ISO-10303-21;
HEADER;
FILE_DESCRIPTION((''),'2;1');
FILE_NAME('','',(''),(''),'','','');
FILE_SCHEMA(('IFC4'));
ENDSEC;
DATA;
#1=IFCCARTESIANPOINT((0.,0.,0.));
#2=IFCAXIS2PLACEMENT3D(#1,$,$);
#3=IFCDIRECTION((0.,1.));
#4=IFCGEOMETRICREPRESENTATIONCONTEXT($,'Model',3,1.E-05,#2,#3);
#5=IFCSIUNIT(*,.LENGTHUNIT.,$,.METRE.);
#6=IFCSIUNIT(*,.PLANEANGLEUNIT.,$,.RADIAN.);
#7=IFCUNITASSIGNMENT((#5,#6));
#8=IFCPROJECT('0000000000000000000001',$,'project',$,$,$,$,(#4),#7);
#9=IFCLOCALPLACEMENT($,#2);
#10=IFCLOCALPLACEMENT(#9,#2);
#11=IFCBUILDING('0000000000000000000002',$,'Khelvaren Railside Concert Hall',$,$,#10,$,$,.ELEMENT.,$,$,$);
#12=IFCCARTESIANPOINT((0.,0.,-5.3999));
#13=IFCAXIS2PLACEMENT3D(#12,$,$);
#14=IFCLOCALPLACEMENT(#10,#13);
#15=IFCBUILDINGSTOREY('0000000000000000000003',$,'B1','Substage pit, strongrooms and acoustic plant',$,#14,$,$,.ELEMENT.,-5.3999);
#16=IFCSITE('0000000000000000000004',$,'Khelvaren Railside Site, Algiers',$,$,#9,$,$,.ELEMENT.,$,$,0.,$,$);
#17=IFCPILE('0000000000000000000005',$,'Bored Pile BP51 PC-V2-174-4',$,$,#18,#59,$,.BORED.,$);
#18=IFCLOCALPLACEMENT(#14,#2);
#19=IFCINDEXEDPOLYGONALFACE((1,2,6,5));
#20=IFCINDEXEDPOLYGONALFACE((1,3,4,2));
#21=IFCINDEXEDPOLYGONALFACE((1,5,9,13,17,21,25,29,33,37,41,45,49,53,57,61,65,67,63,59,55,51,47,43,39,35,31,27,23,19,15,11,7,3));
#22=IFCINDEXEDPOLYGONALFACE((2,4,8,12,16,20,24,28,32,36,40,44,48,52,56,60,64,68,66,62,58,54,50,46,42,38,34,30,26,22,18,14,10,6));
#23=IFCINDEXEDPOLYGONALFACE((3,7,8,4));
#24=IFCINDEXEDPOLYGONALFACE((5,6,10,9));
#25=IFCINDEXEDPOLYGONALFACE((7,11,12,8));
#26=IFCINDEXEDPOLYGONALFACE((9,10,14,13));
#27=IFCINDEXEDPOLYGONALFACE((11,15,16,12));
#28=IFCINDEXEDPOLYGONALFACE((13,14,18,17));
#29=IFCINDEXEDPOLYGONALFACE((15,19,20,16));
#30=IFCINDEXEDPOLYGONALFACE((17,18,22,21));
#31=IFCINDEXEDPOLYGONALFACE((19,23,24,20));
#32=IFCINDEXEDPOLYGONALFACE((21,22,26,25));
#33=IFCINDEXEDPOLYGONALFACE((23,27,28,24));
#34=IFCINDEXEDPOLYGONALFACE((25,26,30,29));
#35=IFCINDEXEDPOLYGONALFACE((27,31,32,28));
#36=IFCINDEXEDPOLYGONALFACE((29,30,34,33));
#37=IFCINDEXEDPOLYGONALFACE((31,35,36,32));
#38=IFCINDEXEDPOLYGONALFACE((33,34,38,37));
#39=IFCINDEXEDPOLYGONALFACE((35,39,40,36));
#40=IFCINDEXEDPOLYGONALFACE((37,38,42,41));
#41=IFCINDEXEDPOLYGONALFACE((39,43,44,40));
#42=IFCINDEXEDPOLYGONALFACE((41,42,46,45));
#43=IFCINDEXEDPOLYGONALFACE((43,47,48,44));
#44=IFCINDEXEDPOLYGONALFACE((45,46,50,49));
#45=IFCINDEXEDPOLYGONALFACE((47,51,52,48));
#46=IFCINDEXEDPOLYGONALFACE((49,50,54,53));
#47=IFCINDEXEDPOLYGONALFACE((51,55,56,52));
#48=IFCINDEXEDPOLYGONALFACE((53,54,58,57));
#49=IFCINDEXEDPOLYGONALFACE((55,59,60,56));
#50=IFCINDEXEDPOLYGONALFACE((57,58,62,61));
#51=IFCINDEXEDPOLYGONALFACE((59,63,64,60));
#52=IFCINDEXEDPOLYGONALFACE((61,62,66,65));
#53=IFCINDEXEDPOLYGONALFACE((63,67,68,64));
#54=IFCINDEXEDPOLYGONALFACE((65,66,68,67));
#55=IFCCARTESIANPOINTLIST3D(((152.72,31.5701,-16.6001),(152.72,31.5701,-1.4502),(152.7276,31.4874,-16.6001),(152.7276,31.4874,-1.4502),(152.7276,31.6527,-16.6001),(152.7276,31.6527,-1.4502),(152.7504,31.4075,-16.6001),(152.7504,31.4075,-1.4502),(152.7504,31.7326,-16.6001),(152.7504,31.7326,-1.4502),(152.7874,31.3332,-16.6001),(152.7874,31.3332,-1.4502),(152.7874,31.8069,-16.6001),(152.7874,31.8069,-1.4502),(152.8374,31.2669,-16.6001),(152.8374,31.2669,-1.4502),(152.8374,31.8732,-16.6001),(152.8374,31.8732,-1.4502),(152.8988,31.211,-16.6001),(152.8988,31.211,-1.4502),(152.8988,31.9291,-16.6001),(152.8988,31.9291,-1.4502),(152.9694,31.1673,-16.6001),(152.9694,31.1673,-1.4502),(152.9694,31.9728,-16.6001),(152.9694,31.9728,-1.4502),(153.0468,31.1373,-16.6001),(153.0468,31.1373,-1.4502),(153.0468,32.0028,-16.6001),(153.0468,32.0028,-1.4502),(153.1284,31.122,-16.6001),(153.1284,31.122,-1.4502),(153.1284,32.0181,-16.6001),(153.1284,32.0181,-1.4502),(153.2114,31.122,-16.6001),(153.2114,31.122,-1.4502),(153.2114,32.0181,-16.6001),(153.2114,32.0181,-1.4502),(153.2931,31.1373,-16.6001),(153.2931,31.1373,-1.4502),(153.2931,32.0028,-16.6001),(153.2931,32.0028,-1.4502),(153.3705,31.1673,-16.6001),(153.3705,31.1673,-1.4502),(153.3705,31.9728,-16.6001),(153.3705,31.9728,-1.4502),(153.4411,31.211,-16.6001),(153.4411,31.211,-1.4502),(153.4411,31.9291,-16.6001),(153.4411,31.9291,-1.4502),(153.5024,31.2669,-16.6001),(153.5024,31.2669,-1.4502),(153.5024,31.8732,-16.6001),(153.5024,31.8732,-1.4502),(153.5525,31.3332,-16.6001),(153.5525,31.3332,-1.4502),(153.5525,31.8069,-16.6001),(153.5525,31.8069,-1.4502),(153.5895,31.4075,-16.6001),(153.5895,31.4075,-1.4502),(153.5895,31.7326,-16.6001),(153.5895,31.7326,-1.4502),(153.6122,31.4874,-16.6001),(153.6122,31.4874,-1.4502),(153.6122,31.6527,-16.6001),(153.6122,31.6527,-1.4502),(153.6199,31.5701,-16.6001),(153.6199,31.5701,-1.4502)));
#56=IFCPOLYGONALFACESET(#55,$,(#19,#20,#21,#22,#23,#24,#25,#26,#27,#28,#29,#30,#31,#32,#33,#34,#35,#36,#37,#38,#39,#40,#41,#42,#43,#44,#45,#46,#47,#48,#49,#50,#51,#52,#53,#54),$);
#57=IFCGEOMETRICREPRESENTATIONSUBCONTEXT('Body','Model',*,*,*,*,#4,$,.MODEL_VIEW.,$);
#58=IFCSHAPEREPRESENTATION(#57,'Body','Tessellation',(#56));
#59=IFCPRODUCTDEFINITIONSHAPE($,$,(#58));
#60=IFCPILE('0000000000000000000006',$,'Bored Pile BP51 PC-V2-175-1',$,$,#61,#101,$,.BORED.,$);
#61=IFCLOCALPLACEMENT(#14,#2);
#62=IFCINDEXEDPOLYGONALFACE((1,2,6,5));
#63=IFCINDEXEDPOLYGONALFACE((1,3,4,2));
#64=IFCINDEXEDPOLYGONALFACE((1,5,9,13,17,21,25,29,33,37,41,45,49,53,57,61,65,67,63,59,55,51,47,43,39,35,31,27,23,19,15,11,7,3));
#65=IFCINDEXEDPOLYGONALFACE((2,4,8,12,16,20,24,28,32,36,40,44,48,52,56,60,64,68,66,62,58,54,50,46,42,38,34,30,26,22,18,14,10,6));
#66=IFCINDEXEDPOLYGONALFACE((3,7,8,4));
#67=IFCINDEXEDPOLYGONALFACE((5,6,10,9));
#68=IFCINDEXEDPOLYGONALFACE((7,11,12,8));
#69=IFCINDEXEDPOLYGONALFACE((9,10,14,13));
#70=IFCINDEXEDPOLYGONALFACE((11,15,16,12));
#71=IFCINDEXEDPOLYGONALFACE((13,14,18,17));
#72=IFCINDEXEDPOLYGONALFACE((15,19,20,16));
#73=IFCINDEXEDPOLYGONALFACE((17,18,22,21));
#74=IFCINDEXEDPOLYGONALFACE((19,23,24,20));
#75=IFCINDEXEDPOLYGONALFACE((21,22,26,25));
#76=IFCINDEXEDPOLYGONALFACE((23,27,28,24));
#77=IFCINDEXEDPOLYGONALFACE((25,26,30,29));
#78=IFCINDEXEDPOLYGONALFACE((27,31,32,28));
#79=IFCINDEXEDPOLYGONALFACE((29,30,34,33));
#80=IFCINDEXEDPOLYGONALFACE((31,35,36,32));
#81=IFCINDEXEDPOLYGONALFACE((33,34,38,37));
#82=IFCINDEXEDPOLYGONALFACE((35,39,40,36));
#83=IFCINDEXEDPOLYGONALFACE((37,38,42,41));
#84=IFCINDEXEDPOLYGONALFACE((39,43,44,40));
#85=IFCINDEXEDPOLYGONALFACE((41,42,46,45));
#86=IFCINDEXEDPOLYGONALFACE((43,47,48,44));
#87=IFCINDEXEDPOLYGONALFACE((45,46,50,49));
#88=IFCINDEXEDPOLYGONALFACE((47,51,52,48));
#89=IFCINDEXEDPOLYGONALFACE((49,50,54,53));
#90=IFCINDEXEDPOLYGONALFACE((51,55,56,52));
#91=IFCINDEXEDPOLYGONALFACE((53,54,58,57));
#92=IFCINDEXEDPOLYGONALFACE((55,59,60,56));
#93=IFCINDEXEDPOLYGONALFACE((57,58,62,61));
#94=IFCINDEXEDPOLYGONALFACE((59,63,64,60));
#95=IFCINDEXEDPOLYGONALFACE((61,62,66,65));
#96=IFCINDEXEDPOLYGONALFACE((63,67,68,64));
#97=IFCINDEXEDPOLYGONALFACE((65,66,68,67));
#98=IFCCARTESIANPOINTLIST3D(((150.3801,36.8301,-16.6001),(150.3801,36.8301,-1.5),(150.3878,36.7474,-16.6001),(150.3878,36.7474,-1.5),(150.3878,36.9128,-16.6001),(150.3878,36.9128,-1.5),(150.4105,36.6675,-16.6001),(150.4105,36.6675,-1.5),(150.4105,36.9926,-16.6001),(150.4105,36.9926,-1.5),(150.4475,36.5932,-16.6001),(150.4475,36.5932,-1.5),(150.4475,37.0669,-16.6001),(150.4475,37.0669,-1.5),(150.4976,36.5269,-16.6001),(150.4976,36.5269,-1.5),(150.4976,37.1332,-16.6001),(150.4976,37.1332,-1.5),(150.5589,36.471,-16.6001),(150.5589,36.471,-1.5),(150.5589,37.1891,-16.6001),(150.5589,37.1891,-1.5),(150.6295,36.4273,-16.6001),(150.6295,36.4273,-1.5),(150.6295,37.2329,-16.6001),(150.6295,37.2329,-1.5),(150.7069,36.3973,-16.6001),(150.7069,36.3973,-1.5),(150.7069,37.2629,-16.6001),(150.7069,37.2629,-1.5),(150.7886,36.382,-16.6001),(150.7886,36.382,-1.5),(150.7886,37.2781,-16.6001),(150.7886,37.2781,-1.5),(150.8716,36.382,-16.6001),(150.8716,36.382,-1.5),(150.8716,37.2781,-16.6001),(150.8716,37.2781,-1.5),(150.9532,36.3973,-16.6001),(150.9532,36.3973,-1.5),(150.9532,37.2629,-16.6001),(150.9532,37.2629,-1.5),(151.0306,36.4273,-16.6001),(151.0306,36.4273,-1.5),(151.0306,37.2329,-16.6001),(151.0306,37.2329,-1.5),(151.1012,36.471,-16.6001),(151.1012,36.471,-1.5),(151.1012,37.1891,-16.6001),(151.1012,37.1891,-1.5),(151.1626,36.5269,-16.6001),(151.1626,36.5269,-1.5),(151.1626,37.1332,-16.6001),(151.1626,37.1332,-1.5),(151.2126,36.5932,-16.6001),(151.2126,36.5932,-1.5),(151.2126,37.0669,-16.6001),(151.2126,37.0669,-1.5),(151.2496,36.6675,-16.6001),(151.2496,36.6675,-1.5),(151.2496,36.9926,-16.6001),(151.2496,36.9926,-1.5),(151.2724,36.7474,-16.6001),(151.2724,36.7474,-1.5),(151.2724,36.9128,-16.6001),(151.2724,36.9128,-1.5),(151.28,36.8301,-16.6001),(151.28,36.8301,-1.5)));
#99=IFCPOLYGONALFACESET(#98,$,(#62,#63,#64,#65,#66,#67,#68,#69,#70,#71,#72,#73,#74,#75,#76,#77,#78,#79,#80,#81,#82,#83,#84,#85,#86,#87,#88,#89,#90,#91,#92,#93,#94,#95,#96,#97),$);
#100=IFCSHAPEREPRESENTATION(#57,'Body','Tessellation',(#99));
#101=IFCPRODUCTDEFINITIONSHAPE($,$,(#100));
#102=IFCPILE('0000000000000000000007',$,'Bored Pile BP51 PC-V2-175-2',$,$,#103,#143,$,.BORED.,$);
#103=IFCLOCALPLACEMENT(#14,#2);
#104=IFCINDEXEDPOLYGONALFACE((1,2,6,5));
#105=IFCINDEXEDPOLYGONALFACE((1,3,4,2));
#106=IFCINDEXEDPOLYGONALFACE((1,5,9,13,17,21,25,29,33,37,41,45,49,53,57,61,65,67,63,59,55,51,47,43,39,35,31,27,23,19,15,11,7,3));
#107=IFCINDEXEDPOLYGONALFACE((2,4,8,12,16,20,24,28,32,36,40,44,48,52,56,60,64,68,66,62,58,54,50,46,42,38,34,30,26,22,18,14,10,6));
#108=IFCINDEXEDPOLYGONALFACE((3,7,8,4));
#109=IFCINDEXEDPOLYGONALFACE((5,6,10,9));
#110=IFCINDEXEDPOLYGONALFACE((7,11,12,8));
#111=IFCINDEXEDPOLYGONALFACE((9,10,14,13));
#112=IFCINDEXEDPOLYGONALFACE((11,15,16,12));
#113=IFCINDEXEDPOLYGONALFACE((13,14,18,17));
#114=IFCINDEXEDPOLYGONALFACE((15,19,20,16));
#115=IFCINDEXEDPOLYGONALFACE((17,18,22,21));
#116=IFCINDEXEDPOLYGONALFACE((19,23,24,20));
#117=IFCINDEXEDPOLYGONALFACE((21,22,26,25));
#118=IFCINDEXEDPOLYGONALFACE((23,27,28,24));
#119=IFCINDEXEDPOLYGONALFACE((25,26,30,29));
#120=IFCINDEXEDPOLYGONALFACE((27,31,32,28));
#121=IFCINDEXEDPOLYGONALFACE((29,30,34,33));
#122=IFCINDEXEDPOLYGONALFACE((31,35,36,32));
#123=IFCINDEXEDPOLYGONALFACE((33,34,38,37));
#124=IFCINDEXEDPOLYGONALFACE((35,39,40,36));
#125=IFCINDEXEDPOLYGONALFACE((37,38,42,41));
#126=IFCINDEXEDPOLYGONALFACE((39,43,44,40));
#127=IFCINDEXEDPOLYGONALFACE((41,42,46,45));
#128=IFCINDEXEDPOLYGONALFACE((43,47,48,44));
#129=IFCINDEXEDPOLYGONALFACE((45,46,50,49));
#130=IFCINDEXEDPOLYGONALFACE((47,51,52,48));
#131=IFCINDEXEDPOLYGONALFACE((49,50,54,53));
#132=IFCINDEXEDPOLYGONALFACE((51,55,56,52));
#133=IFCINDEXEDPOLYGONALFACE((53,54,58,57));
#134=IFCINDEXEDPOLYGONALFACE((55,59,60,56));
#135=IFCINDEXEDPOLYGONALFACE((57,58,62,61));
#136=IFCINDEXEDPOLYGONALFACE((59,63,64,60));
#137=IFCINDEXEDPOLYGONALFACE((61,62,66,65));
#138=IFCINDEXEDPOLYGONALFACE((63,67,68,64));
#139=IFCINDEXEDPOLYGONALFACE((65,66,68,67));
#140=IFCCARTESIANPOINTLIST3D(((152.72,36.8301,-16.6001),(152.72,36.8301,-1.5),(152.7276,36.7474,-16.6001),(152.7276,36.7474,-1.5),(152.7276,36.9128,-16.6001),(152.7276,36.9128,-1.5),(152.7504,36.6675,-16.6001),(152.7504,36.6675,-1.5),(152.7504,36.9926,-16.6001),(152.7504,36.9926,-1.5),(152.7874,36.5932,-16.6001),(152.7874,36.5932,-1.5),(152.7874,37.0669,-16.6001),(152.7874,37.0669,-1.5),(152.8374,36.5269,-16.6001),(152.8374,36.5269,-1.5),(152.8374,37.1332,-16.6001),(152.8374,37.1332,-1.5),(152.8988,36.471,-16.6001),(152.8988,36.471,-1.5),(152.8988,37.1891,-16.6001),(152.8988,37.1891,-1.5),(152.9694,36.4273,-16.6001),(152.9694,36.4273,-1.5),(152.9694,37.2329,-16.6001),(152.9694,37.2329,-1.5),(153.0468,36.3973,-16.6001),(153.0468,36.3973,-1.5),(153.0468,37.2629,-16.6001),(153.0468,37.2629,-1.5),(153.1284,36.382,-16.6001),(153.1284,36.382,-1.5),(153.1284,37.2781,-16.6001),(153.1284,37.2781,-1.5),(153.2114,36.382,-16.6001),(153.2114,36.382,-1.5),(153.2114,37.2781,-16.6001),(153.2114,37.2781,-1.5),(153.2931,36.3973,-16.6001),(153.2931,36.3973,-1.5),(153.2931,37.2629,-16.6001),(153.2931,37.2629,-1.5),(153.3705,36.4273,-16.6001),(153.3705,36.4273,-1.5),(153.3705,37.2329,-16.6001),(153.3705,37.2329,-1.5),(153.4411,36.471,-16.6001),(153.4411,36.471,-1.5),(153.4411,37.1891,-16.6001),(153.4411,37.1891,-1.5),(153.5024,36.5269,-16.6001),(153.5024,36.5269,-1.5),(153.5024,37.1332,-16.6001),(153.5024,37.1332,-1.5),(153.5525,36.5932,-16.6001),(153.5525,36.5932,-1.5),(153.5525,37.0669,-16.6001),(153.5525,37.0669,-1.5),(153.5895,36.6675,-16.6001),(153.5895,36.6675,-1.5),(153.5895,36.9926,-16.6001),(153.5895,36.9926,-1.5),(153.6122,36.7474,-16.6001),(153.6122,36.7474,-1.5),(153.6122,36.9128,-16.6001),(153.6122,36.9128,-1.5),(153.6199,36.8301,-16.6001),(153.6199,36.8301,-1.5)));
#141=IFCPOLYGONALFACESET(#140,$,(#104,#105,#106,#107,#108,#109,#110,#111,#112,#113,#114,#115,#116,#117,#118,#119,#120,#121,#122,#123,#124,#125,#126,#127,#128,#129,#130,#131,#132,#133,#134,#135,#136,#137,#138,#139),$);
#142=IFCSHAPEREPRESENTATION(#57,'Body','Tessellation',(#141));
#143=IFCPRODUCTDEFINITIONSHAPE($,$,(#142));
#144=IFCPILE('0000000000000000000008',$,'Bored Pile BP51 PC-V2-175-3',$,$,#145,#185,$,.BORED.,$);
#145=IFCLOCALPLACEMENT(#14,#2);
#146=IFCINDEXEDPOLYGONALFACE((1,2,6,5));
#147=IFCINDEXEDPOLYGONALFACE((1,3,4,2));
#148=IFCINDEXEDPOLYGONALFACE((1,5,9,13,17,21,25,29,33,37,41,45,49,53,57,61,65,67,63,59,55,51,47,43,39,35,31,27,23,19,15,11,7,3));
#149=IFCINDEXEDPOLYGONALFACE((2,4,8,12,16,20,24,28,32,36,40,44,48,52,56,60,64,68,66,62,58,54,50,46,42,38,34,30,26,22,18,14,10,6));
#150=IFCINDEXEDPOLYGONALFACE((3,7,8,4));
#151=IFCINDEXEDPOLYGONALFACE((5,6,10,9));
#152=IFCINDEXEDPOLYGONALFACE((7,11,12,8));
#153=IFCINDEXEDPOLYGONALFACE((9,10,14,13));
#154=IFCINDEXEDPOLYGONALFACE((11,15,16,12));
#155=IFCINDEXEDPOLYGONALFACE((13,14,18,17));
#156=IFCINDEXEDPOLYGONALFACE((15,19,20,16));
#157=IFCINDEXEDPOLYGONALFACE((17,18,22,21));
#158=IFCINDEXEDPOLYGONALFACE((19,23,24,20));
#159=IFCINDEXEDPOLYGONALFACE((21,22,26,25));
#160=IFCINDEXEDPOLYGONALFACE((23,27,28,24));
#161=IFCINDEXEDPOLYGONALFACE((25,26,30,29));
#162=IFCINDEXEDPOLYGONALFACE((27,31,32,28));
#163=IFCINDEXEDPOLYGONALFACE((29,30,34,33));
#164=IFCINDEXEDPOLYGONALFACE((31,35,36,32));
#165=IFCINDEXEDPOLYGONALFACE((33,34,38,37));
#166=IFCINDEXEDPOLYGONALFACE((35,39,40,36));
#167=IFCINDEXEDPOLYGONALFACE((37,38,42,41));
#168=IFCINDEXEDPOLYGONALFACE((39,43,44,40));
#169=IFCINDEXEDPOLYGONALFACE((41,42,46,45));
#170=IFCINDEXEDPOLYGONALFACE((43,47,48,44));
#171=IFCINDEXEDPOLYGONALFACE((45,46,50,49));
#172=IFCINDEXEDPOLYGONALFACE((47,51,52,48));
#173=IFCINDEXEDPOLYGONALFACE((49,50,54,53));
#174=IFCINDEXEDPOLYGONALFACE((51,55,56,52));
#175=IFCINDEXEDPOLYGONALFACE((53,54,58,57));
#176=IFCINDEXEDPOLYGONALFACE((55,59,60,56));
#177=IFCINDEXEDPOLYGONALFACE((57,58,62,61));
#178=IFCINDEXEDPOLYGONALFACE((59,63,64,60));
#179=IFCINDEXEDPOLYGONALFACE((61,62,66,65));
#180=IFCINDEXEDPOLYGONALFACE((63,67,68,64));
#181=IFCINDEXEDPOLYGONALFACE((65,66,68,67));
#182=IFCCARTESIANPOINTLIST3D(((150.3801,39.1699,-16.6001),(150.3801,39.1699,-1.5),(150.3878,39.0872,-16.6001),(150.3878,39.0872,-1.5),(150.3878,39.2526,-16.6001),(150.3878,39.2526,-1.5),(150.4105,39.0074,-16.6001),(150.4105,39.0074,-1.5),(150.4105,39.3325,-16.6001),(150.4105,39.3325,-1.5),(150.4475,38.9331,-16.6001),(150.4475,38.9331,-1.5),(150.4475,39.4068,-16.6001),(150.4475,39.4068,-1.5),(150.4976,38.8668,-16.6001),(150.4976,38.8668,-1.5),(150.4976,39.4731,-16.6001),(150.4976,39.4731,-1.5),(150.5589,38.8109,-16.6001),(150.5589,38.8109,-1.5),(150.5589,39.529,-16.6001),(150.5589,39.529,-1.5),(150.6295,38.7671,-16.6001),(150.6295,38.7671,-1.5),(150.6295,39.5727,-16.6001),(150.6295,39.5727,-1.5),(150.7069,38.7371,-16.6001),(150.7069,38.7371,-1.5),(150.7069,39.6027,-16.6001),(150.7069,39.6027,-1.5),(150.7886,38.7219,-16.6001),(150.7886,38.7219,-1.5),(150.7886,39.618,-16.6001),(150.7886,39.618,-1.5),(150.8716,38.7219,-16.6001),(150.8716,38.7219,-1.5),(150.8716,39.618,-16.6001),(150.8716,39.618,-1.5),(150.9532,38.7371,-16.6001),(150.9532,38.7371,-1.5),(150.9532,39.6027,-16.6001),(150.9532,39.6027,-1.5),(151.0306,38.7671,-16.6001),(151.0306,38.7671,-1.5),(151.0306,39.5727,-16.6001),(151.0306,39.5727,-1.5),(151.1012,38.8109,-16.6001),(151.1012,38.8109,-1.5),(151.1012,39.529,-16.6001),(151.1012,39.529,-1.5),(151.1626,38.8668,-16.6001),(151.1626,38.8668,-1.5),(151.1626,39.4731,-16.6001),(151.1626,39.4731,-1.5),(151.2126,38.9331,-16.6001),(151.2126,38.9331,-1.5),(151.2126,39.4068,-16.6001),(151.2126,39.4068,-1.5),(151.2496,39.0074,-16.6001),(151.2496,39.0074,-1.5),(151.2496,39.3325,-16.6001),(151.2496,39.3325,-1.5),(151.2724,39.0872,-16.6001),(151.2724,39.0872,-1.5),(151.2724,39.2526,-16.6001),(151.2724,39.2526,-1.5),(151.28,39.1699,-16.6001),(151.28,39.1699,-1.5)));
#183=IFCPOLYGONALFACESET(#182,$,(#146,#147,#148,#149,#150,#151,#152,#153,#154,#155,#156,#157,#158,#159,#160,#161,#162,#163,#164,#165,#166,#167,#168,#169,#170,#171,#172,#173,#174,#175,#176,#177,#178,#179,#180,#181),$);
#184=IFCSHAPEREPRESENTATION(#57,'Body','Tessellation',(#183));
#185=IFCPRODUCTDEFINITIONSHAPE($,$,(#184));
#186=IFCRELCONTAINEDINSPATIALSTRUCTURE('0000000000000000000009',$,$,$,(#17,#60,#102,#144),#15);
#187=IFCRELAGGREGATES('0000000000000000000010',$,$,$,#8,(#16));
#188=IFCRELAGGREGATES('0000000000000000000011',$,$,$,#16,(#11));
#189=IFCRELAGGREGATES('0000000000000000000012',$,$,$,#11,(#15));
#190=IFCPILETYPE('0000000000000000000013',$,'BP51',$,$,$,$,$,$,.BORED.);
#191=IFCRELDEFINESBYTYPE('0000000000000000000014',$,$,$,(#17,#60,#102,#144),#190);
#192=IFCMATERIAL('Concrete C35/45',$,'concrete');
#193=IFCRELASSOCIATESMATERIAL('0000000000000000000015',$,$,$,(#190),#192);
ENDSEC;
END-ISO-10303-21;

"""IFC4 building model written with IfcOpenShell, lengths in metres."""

from ifc_helpers import new_model, si_unit, direction, frame, origin, origin_2d, place, context, subcontext, project, spatial, circle, extrude, material, material_profile, profile_set, type_object, element, save


model = new_model("IFC4")

# Units and contexts
model_context = context("Model", 3, precision=1e-05, world=origin(), true_north=direction((0.0, 1.0)))
body_context = subcontext(model_context, "Body", "Model", "MODEL_VIEW")
ifc_project = project(units=[si_unit("LENGTHUNIT", "METRE"), si_unit("PLANEANGLEUNIT", "RADIAN")], contexts=[model_context])

# Site, building, storey
site_placement = place(None, origin())
site = spatial("IfcSite", under=ifc_project, at=site_placement, Name="Khelvaren Railside Site, Algiers", CompositionType="ELEMENT", RefElevation=0.0)
building_placement = place(site_placement, origin())
building = spatial("IfcBuilding", under=site, at=building_placement, Name="Khelvaren Railside Concert Hall", CompositionType="ELEMENT")
storey_placement = place(building_placement, frame((0.0, 0.0, -5.3999)))
storey = spatial("IfcBuildingStorey", under=building, at=storey_placement, Name="B1", Description="Substage pit, strongrooms and acoustic plant", CompositionType="ELEMENT", Elevation=-5.3999)

# Piles
ifc_material_1 = material(Name="Concrete C35/45", Category="concrete")
ifc_material_profile_1 = material_profile(ifc_material_1, circle(Radius=0.45, at=origin_2d()), Name="BP D900")
ifc_profile_set_1 = profile_set([ifc_material_profile_1], Name="Concrete C35/45")
pile_type_1 = type_object("IfcPileType", Name="BP51", PredefinedType="BORED", material=ifc_profile_set_1)
for number, where, z_axis, x_axis, name in (
    (1, (153.1699, 31.5701, -1.4502), (0.0, 0.0, -1.0), (1.0, 0.0, 0.0), "Bored Pile BP51 PC-V2-174-4"),
):
    element("IfcPile", number, at=place(storey_placement, frame(where, z_axis=z_axis, x_axis=x_axis)), inside=storey, type_object=pile_type_1, Name=name, PredefinedType="BORED", context=body_context, shape_type="SweptSolid", body=[
        extrude(circle(Radius=0.45, at=origin_2d()), origin(), (0.0, 0.0, 1.0), 15.1499),
    ])
for number, where, z_axis, x_axis, name in (
    (2, (150.8301, 36.8301, -1.5), (0.0, 0.0, -1.0), (1.0, 0.0, 0.0), "Bored Pile BP51 PC-V2-175-1"),
    (3, (153.1699, 36.8301, -1.5), (0.0, 0.0, -1.0), (1.0, 0.0, 0.0), "Bored Pile BP51 PC-V2-175-2"),
    (4, (150.8301, 39.1699, -1.5), (0.0, 0.0, -1.0), (1.0, 0.0, 0.0), "Bored Pile BP51 PC-V2-175-3"),
):
    element("IfcPile", number, at=place(storey_placement, frame(where, z_axis=z_axis, x_axis=x_axis)), inside=storey, type_object=pile_type_1, Name=name, PredefinedType="BORED", context=body_context, shape_type="SweptSolid", body=[
        extrude(circle(Radius=0.45, at=origin_2d()), origin(), (0.0, 0.0, 1.0), 15.1001),
    ])

save(model, "model.ifc")
